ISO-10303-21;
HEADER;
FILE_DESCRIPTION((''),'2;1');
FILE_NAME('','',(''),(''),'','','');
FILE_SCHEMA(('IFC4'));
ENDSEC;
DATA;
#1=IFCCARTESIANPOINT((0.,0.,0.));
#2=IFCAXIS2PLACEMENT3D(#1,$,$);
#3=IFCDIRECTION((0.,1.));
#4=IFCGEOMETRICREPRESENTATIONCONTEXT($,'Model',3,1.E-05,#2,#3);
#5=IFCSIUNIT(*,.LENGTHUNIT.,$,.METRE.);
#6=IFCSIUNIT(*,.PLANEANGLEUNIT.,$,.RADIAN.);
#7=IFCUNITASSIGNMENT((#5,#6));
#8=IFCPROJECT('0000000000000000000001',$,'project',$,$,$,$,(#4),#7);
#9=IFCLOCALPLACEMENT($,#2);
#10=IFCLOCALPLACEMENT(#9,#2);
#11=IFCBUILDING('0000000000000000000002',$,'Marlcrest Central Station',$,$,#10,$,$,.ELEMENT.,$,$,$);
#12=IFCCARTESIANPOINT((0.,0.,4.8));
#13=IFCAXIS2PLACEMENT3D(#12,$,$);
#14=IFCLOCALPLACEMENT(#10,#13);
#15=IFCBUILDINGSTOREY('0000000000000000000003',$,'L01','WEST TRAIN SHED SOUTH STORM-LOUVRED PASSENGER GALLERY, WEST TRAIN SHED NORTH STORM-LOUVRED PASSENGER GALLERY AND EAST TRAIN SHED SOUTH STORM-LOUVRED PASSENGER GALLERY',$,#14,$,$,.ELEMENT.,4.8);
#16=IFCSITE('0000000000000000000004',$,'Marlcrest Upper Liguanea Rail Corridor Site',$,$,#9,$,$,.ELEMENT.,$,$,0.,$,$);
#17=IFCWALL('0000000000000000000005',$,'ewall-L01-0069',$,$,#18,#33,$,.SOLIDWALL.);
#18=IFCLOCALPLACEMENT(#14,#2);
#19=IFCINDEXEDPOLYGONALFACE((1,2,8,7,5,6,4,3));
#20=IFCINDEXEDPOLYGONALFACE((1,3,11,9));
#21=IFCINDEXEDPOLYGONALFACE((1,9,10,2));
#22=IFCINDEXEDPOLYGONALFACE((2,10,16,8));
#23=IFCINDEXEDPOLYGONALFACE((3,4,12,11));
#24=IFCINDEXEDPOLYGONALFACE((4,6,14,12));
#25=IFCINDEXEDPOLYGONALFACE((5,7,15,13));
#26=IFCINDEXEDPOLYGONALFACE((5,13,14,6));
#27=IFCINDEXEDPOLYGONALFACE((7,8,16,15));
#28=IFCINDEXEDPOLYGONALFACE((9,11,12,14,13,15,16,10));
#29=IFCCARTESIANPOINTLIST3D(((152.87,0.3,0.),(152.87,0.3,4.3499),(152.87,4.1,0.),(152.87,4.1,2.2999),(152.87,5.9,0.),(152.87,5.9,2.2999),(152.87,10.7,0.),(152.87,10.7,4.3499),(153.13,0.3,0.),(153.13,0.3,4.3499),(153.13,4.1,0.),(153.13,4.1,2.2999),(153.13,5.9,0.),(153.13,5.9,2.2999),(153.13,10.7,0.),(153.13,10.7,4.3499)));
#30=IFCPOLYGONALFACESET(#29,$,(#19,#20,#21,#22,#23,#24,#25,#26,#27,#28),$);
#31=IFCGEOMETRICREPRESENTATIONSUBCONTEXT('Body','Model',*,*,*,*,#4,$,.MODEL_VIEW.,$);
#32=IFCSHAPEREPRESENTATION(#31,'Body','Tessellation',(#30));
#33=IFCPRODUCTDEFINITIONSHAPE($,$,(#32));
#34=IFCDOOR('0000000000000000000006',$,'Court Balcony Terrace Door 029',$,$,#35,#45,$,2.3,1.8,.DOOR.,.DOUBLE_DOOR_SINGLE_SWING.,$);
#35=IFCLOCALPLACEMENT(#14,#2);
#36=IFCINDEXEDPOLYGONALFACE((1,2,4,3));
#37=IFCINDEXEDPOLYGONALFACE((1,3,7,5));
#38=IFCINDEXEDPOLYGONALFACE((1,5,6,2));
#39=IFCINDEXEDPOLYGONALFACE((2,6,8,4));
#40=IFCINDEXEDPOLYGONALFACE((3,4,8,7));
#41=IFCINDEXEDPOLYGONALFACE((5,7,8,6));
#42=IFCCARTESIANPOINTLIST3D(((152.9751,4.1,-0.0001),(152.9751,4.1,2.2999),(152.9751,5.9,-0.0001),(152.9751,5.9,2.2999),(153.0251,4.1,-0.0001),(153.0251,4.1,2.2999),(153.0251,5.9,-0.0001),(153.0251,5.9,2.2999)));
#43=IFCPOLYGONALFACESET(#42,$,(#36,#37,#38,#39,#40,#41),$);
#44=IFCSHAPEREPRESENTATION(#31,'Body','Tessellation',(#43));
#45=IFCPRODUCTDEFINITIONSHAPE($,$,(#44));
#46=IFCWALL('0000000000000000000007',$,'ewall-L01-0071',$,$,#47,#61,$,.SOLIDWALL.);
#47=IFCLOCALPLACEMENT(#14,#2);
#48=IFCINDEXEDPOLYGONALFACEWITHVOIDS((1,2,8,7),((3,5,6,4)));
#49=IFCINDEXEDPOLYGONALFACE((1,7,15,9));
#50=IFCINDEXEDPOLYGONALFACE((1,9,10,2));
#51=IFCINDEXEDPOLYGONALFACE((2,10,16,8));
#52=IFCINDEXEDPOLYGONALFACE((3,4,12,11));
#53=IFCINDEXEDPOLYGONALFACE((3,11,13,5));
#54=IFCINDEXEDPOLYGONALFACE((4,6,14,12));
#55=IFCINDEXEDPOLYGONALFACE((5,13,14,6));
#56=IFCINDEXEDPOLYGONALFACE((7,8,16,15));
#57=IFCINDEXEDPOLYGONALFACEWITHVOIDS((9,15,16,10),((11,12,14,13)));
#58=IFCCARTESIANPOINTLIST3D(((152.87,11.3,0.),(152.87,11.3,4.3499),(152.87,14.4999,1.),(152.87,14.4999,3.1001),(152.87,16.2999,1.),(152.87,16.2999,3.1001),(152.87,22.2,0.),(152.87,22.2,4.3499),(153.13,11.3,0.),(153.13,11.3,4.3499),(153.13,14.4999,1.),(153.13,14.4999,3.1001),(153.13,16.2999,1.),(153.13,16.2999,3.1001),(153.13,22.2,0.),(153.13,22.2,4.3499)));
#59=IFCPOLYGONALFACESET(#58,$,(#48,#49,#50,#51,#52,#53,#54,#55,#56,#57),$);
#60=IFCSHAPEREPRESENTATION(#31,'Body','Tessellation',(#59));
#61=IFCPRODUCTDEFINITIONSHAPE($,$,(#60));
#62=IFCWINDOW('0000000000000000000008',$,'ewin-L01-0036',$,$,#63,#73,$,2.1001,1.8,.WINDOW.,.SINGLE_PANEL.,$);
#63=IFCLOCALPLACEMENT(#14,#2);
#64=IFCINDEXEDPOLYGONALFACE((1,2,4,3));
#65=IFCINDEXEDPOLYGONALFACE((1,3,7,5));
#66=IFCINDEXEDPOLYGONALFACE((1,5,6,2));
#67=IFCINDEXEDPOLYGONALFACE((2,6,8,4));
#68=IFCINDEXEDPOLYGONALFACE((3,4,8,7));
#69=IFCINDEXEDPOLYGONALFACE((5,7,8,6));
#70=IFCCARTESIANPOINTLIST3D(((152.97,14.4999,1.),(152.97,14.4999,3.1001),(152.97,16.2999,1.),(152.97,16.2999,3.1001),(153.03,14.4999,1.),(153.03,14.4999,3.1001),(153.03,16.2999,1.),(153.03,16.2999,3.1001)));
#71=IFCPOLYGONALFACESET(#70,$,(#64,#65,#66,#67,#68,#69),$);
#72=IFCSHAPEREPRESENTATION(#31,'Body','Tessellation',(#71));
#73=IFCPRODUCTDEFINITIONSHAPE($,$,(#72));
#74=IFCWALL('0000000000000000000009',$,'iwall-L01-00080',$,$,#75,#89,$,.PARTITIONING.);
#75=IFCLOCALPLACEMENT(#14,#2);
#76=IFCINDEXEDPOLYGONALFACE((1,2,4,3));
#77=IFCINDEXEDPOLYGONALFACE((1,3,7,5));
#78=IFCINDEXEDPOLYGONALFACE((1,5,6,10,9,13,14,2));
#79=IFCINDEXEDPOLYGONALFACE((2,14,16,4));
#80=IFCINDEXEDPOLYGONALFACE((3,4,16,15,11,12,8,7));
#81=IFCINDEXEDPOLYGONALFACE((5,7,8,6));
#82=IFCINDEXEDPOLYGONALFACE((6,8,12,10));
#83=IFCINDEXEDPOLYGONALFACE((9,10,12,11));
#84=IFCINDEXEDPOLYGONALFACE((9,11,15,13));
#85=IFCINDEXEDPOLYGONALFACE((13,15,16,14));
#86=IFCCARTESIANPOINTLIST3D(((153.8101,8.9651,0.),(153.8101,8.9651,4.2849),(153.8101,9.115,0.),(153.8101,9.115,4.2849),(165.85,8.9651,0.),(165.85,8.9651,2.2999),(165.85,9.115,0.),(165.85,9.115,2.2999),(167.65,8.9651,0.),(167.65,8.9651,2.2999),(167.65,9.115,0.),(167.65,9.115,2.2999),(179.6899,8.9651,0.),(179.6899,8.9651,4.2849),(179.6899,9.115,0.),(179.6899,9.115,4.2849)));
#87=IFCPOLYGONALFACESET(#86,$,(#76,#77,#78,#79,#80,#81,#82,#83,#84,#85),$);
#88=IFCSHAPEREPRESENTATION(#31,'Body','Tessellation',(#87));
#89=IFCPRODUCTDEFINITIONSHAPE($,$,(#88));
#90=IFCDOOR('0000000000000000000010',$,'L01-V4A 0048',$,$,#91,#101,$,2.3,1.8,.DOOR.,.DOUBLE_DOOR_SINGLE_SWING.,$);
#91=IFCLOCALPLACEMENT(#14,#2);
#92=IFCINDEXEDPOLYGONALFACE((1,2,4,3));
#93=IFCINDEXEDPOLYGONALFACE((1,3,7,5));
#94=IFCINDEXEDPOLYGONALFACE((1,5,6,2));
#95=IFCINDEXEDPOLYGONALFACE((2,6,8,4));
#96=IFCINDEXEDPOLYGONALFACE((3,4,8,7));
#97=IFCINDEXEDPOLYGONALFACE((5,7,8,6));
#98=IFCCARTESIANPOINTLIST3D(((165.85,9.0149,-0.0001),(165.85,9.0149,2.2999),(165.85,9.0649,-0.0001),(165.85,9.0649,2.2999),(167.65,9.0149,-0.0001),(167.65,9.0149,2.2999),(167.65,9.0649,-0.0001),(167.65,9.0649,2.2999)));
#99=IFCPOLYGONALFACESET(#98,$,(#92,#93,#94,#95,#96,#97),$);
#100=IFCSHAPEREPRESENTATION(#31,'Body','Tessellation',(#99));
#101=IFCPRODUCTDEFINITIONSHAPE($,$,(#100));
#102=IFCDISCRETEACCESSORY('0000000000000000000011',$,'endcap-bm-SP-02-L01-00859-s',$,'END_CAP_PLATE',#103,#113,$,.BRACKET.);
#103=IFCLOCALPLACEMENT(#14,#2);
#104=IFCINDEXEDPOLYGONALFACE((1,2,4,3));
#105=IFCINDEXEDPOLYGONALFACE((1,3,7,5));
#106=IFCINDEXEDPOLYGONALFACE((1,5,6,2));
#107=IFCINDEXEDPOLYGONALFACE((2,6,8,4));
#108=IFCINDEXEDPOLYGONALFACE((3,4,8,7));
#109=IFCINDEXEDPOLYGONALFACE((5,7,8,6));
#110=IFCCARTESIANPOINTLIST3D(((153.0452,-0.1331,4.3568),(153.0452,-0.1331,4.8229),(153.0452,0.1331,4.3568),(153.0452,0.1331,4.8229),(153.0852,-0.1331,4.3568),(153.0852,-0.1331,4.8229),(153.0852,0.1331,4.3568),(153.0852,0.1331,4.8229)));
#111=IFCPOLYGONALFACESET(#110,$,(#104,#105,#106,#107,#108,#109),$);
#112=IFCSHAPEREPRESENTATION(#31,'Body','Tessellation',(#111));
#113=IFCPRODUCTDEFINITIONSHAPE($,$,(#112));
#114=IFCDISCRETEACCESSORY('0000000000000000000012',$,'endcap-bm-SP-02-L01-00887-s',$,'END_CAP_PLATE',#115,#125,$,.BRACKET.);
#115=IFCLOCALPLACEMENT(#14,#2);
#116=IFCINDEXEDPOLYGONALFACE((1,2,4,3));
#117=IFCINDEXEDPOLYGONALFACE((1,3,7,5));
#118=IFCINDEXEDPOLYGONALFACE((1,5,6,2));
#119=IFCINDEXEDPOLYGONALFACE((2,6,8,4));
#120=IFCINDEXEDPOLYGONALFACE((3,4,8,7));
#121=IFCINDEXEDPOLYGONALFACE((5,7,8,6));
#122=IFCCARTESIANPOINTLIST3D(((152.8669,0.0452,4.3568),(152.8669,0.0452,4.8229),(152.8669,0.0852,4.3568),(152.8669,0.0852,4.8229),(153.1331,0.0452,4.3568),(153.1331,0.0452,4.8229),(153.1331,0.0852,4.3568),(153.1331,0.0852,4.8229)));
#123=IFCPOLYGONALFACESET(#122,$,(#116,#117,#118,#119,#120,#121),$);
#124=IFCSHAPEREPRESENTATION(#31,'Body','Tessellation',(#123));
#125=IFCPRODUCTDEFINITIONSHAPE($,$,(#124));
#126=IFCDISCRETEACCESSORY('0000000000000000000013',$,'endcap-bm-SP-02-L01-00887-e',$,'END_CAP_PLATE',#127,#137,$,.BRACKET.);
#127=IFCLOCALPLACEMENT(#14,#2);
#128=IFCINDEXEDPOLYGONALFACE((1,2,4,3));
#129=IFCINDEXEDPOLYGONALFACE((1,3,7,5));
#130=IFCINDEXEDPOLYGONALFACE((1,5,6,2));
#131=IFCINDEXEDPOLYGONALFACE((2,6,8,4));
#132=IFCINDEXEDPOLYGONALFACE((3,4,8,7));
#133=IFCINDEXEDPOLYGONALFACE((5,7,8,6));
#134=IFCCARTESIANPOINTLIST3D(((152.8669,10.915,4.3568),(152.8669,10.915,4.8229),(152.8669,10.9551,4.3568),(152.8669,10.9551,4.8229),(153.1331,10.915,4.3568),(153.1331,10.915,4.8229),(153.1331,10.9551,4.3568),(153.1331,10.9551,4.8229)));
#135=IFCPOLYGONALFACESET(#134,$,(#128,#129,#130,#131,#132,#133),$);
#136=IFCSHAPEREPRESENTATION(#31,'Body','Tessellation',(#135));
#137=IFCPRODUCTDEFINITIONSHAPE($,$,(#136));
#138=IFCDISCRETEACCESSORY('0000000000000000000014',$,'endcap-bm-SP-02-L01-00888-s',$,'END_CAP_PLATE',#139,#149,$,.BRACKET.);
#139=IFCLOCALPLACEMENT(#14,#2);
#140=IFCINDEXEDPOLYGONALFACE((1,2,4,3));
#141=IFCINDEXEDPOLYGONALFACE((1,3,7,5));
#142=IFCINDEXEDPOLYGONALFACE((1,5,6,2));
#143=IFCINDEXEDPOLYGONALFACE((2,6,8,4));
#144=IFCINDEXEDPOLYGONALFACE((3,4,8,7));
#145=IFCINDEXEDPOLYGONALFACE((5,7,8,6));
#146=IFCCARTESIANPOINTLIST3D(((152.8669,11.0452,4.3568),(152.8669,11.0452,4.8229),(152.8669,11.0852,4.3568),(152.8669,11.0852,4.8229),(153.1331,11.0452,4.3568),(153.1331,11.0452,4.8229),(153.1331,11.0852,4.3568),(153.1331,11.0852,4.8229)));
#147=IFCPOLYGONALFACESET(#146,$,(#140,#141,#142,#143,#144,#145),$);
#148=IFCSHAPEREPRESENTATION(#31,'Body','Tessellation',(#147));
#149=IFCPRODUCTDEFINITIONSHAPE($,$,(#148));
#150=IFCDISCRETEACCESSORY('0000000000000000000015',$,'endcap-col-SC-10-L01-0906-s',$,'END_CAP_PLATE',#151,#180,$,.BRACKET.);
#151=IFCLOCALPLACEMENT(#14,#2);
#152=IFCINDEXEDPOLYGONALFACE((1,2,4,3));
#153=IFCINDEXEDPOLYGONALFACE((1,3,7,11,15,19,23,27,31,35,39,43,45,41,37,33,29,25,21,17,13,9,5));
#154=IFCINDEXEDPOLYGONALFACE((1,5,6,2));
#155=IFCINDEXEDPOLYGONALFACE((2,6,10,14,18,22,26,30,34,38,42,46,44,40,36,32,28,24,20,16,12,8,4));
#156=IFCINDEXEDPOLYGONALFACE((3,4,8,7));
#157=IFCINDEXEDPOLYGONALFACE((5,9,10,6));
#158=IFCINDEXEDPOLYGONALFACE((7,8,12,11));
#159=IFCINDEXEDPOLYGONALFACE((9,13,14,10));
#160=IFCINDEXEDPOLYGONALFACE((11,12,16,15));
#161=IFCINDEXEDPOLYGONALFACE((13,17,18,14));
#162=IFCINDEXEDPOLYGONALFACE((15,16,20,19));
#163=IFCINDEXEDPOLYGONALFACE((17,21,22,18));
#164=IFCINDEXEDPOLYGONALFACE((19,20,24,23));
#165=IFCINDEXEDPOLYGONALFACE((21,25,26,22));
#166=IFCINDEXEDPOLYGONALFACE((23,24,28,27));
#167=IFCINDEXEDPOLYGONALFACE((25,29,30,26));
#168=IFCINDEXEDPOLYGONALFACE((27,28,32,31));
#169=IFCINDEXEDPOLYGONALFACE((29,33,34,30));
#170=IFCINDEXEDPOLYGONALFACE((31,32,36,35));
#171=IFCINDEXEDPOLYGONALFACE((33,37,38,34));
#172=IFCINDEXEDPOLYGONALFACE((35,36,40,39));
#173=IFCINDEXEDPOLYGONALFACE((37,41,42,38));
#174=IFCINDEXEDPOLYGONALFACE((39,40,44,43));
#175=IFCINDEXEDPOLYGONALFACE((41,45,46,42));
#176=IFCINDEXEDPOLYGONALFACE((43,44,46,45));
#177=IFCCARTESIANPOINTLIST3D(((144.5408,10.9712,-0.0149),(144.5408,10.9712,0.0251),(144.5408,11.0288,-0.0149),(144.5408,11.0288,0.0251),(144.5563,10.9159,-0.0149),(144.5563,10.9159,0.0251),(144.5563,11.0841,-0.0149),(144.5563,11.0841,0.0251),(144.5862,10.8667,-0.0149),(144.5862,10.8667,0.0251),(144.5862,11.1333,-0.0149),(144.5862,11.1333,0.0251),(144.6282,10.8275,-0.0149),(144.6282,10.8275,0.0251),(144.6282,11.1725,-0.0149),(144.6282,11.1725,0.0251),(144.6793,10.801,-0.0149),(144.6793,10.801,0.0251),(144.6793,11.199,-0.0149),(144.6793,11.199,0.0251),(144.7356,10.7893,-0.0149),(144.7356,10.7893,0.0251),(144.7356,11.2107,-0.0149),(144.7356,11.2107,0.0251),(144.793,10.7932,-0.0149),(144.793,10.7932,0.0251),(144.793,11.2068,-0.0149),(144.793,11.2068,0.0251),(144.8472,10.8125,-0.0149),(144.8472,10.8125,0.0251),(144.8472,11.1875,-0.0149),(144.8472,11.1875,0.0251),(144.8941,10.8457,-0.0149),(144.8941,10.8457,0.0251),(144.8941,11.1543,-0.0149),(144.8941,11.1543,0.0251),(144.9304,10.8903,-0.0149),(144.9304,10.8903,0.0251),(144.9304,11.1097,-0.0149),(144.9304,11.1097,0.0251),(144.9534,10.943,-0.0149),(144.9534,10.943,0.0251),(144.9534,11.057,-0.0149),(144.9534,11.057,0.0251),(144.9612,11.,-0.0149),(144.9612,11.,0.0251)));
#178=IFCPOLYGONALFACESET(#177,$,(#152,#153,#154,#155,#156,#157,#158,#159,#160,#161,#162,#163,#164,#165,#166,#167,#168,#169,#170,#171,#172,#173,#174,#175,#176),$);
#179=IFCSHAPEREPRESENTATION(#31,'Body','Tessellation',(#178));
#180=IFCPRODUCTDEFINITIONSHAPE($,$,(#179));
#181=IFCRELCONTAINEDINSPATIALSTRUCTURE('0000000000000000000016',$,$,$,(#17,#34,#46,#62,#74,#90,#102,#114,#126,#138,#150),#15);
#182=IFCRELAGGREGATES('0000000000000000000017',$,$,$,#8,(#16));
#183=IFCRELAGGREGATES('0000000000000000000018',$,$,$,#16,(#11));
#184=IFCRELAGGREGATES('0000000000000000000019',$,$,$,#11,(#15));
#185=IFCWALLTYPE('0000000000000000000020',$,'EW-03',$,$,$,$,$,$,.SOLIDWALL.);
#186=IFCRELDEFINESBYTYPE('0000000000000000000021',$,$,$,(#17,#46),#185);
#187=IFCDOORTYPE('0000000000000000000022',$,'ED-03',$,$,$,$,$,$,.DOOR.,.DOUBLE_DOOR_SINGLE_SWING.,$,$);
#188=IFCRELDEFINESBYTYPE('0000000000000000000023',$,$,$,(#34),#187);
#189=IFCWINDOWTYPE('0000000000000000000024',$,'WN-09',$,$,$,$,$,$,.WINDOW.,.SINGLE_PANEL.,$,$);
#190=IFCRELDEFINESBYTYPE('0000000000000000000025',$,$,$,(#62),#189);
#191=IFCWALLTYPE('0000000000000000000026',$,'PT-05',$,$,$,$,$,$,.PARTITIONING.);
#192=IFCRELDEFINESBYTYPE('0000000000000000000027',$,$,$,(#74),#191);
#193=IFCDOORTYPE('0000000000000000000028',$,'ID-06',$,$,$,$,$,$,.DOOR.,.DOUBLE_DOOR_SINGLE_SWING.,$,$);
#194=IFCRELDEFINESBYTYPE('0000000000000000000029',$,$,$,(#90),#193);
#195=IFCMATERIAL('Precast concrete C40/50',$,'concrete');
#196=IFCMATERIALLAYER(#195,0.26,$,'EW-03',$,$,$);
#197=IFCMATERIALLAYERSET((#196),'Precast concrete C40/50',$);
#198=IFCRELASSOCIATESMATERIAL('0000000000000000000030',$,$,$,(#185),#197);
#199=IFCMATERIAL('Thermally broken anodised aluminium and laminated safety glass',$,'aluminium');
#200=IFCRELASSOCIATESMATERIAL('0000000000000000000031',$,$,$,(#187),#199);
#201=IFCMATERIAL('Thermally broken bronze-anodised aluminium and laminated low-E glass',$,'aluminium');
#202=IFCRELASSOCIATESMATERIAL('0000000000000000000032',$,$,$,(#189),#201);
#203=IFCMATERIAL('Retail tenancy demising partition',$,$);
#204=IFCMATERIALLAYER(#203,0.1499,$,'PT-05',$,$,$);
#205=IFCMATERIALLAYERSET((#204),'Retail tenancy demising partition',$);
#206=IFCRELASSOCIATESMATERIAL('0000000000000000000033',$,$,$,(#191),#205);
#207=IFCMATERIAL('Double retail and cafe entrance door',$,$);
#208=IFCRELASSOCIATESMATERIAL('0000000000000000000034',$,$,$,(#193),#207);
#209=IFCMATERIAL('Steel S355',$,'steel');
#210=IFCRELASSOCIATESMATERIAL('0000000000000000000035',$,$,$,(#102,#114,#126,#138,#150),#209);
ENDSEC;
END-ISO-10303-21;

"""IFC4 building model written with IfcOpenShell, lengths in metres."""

from ifc_helpers import new_model, si_unit, direction, frame, frame_2d, origin, origin_2d, place, context, subcontext, project, spatial, rectangle, circle, extrude, material, layer, layer_set, type_object, element, fill, save


model = new_model("IFC4")

# Units and contexts
model_context = context("Model", 3, precision=1e-05, world=origin(), true_north=direction((0.0, 1.0)))
body_context = subcontext(model_context, "Body", "Model", "MODEL_VIEW")
ifc_project = project(units=[si_unit("LENGTHUNIT", "METRE"), si_unit("PLANEANGLEUNIT", "RADIAN")], contexts=[model_context])

# Site, building, storey
site_placement = place(None, origin())
site = spatial("IfcSite", under=ifc_project, at=site_placement, Name="Marlcrest Upper Liguanea Rail Corridor Site", CompositionType="ELEMENT", RefElevation=0.0)
building_placement = place(site_placement, origin())
building = spatial("IfcBuilding", under=site, at=building_placement, Name="Marlcrest Central Station", CompositionType="ELEMENT")
storey_placement = place(building_placement, frame((0.0, 0.0, 4.8)))
storey = spatial("IfcBuildingStorey", under=building, at=storey_placement, Name="L01", Description="WEST TRAIN SHED SOUTH STORM-LOUVRED PASSENGER GALLERY, WEST TRAIN SHED NORTH STORM-LOUVRED PASSENGER GALLERY AND EAST TRAIN SHED SOUTH STORM-LOUVRED PASSENGER GALLERY", CompositionType="ELEMENT", Elevation=4.8)

# Shared definitions
ifc_material_1 = material(Name="Steel S355", Category="steel")

# Wall, opening, door
ifc_material_2 = material(Name="Precast concrete C40/50", Category="concrete")
ifc_layer_1 = layer(ifc_material_2, 0.26, Name="EW-03")
ifc_layer_set_1 = layer_set([ifc_layer_1], Name="Precast concrete C40/50")
wall_type_1 = type_object("IfcWallType", Name="EW-03", PredefinedType="SOLIDWALL", material=ifc_layer_set_1)
wall_1_placement = place(storey_placement, frame((153.0, 0.3, 0.0), z_axis=(0.0, 0.0, 1.0), x_axis=(0.0, 1.0, 0.0)))
wall_1 = element("IfcWall", 1, at=wall_1_placement, inside=storey, type_object=wall_type_1, Name="ewall-L01-0069", PredefinedType="SOLIDWALL", context=body_context, shape_type="SweptSolid", body=[
    extrude(rectangle(XDim=10.3999, YDim=0.26, at=frame_2d((5.2, 0.0))), origin(), (0.0, 0.0, 1.0), 4.3499),
])
opening_1_placement = place(wall_1_placement, frame((3.8, 0.0, 0.0)))
opening_1 = element("IfcOpeningElement", 2, at=opening_1_placement, cuts=wall_1, PredefinedType="OPENING", context=body_context, shape_type="SweptSolid", body=[
    extrude(rectangle(XDim=1.8, YDim=2.3, at=frame_2d((0.8999, 1.1499))), frame((0.0, 0.1399, 0.0), z_axis=(0.0, -1.0, 0.0), x_axis=(1.0, 0.0, 0.0)), (0.0, 0.0, 1.0), 0.28),
])
ifc_material_3 = material(Name="Thermally broken anodised aluminium and laminated safety glass", Category="aluminium")
door_type_1 = type_object("IfcDoorType", Name="ED-03", OperationType="DOUBLE_DOOR_SINGLE_SWING", PredefinedType="DOOR", material=ifc_material_3)
door_1_placement = place(opening_1_placement, origin())
door_1 = element("IfcDoor", 3, at=door_1_placement, inside=storey, type_object=door_type_1, Name="Court Balcony Terrace Door 029", OperationType="DOUBLE_DOOR_SINGLE_SWING", OverallHeight=2.3, OverallWidth=1.8, PredefinedType="DOOR", context=body_context, shape_type="SweptSolid", body=[
    extrude(rectangle(XDim=1.8, YDim=2.3, at=frame_2d((0.8999, 1.1499))), frame((0.0, 0.0249, 0.0), z_axis=(0.0, -1.0, 0.0), x_axis=(1.0, 0.0, 0.0)), (0.0, 0.0, 1.0), 0.05),
])
fill(opening_1, door_1)

# Wall, opening, window
wall_2_placement = place(storey_placement, frame((153.0, 11.3, 0.0), z_axis=(0.0, 0.0, 1.0), x_axis=(0.0, 1.0, 0.0)))
wall_2 = element("IfcWall", 4, at=wall_2_placement, inside=storey, type_object=wall_type_1, Name="ewall-L01-0071", PredefinedType="SOLIDWALL", context=body_context, shape_type="SweptSolid", body=[
    extrude(rectangle(XDim=10.8999, YDim=0.26, at=frame_2d((5.45, 0.0))), origin(), (0.0, 0.0, 1.0), 4.3499),
])
opening_2_placement = place(wall_2_placement, frame((3.2, 0.0, 1.0)))
opening_2 = element("IfcOpeningElement", 5, at=opening_2_placement, cuts=wall_2, PredefinedType="OPENING", context=body_context, shape_type="SweptSolid", body=[
    extrude(rectangle(XDim=1.8, YDim=2.1001, at=frame_2d((0.8999, 1.05))), frame((0.0, 0.1399, 0.0), z_axis=(0.0, -1.0, 0.0), x_axis=(1.0, 0.0, 0.0)), (0.0, 0.0, 1.0), 0.28),
])
ifc_material_4 = material(Name="Thermally broken bronze-anodised aluminium and laminated low-E glass", Category="aluminium")
window_type = type_object("IfcWindowType", Name="WN-09", PartitioningType="SINGLE_PANEL", PredefinedType="WINDOW", material=ifc_material_4)
window_placement = place(opening_2_placement, origin())
window = element("IfcWindow", 6, at=window_placement, inside=storey, type_object=window_type, Name="ewin-L01-0036", OverallHeight=2.1001, OverallWidth=1.8, PartitioningType="SINGLE_PANEL", PredefinedType="WINDOW", context=body_context, shape_type="SweptSolid", body=[
    extrude(rectangle(XDim=1.8, YDim=2.1001, at=frame_2d((0.8999, 1.05))), frame((0.0, 0.03, 0.0), z_axis=(0.0, -1.0, 0.0), x_axis=(1.0, 0.0, 0.0)), (0.0, 0.0, 1.0), 0.0601),
])
fill(opening_2, window)

# Wall, opening, door
ifc_material_5 = material(Name="Retail tenancy demising partition")
ifc_layer_2 = layer(ifc_material_5, 0.1499, Name="PT-05")
ifc_layer_set_2 = layer_set([ifc_layer_2], Name="Retail tenancy demising partition")
wall_type_2 = type_object("IfcWallType", Name="PT-05", PredefinedType="PARTITIONING", material=ifc_layer_set_2)
wall_3_placement = place(storey_placement, frame((153.8101, 9.04, 0.0), z_axis=(0.0, 0.0, 1.0), x_axis=(1.0, 0.0, 0.0)))
wall_3 = element("IfcWall", 7, at=wall_3_placement, inside=storey, type_object=wall_type_2, Name="iwall-L01-00080", PredefinedType="PARTITIONING", context=body_context, shape_type="SweptSolid", body=[
    extrude(rectangle(XDim=25.8799, YDim=0.1499, at=frame_2d((12.9399, 0.0))), origin(), (0.0, 0.0, 1.0), 4.2849),
])
opening_3_placement = place(wall_3_placement, frame((12.04, 0.0, 0.0)))
opening_3 = element("IfcOpeningElement", 8, at=opening_3_placement, cuts=wall_3, PredefinedType="OPENING", context=body_context, shape_type="SweptSolid", body=[
    extrude(rectangle(XDim=1.8, YDim=2.3, at=frame_2d((0.8999, 1.1499))), frame((0.0, 0.085, 0.0), z_axis=(0.0, -1.0, 0.0), x_axis=(1.0, 0.0, 0.0)), (0.0, 0.0, 1.0), 0.1699),
])
ifc_material_6 = material(Name="Double retail and cafe entrance door")
door_type_2 = type_object("IfcDoorType", Name="ID-06", OperationType="DOUBLE_DOOR_SINGLE_SWING", PredefinedType="DOOR", material=ifc_material_6)
door_2_placement = place(opening_3_placement, origin())
door_2 = element("IfcDoor", 9, at=door_2_placement, inside=storey, type_object=door_type_2, Name="L01-V4A 0048", OperationType="DOUBLE_DOOR_SINGLE_SWING", OverallHeight=2.3, OverallWidth=1.8, PredefinedType="DOOR", context=body_context, shape_type="SweptSolid", body=[
    extrude(rectangle(XDim=1.8, YDim=2.3, at=frame_2d((0.8999, 1.1499))), frame((0.0, 0.0249, 0.0), z_axis=(0.0, -1.0, 0.0), x_axis=(1.0, 0.0, 0.0)), (0.0, 0.0, 1.0), 0.05),
])
fill(opening_3, door_2)

# Discrete accessories
for number, where, z_axis, x_axis, name in (
    (10, (153.0452, 0.0, 4.5898), (1.0, 0.0, 0.0), (0.0, 1.0, 0.0), "endcap-bm-SP-02-L01-00859-s"),
    (11, (153.0, 0.0452, 4.5898), (0.0, 1.0, 0.0), (-1.0, 0.0, 0.0), "endcap-bm-SP-02-L01-00887-s"),
    (12, (153.0, 10.915, 4.5898), (0.0, 1.0, 0.0), (-1.0, 0.0, 0.0), "endcap-bm-SP-02-L01-00887-e"),
    (13, (153.0, 11.0452, 4.5898), (0.0, 1.0, 0.0), (-1.0, 0.0, 0.0), "endcap-bm-SP-02-L01-00888-s"),
):
    element("IfcDiscreteAccessory", number, at=place(storey_placement, frame(where, z_axis=z_axis, x_axis=x_axis)), inside=storey, material=ifc_material_1, Name=name, ObjectType="END_CAP_PLATE", PredefinedType="BRACKET", context=body_context, shape_type="SweptSolid", body=[
        extrude(rectangle(XDim=0.2661, YDim=0.4661, at=origin_2d()), origin(), (0.0, 0.0, 1.0), 0.04),
    ])
for number, where, z_axis, x_axis, name in (
    (14, (144.75, 11.0, -0.0149), (0.0, 0.0, 1.0), (1.0, 0.0, 0.0), "endcap-col-SC-10-L01-0906-s"),
):
    element("IfcDiscreteAccessory", number, at=place(storey_placement, frame(where, z_axis=z_axis, x_axis=x_axis)), inside=storey, material=ifc_material_1, Name=name, ObjectType="END_CAP_PLATE", PredefinedType="BRACKET", context=body_context, shape_type="SweptSolid", body=[
        extrude(circle(Radius=0.2112, at=origin_2d()), origin(), (0.0, 0.0, 1.0), 0.04),
    ])

save(model, "model.ifc")
